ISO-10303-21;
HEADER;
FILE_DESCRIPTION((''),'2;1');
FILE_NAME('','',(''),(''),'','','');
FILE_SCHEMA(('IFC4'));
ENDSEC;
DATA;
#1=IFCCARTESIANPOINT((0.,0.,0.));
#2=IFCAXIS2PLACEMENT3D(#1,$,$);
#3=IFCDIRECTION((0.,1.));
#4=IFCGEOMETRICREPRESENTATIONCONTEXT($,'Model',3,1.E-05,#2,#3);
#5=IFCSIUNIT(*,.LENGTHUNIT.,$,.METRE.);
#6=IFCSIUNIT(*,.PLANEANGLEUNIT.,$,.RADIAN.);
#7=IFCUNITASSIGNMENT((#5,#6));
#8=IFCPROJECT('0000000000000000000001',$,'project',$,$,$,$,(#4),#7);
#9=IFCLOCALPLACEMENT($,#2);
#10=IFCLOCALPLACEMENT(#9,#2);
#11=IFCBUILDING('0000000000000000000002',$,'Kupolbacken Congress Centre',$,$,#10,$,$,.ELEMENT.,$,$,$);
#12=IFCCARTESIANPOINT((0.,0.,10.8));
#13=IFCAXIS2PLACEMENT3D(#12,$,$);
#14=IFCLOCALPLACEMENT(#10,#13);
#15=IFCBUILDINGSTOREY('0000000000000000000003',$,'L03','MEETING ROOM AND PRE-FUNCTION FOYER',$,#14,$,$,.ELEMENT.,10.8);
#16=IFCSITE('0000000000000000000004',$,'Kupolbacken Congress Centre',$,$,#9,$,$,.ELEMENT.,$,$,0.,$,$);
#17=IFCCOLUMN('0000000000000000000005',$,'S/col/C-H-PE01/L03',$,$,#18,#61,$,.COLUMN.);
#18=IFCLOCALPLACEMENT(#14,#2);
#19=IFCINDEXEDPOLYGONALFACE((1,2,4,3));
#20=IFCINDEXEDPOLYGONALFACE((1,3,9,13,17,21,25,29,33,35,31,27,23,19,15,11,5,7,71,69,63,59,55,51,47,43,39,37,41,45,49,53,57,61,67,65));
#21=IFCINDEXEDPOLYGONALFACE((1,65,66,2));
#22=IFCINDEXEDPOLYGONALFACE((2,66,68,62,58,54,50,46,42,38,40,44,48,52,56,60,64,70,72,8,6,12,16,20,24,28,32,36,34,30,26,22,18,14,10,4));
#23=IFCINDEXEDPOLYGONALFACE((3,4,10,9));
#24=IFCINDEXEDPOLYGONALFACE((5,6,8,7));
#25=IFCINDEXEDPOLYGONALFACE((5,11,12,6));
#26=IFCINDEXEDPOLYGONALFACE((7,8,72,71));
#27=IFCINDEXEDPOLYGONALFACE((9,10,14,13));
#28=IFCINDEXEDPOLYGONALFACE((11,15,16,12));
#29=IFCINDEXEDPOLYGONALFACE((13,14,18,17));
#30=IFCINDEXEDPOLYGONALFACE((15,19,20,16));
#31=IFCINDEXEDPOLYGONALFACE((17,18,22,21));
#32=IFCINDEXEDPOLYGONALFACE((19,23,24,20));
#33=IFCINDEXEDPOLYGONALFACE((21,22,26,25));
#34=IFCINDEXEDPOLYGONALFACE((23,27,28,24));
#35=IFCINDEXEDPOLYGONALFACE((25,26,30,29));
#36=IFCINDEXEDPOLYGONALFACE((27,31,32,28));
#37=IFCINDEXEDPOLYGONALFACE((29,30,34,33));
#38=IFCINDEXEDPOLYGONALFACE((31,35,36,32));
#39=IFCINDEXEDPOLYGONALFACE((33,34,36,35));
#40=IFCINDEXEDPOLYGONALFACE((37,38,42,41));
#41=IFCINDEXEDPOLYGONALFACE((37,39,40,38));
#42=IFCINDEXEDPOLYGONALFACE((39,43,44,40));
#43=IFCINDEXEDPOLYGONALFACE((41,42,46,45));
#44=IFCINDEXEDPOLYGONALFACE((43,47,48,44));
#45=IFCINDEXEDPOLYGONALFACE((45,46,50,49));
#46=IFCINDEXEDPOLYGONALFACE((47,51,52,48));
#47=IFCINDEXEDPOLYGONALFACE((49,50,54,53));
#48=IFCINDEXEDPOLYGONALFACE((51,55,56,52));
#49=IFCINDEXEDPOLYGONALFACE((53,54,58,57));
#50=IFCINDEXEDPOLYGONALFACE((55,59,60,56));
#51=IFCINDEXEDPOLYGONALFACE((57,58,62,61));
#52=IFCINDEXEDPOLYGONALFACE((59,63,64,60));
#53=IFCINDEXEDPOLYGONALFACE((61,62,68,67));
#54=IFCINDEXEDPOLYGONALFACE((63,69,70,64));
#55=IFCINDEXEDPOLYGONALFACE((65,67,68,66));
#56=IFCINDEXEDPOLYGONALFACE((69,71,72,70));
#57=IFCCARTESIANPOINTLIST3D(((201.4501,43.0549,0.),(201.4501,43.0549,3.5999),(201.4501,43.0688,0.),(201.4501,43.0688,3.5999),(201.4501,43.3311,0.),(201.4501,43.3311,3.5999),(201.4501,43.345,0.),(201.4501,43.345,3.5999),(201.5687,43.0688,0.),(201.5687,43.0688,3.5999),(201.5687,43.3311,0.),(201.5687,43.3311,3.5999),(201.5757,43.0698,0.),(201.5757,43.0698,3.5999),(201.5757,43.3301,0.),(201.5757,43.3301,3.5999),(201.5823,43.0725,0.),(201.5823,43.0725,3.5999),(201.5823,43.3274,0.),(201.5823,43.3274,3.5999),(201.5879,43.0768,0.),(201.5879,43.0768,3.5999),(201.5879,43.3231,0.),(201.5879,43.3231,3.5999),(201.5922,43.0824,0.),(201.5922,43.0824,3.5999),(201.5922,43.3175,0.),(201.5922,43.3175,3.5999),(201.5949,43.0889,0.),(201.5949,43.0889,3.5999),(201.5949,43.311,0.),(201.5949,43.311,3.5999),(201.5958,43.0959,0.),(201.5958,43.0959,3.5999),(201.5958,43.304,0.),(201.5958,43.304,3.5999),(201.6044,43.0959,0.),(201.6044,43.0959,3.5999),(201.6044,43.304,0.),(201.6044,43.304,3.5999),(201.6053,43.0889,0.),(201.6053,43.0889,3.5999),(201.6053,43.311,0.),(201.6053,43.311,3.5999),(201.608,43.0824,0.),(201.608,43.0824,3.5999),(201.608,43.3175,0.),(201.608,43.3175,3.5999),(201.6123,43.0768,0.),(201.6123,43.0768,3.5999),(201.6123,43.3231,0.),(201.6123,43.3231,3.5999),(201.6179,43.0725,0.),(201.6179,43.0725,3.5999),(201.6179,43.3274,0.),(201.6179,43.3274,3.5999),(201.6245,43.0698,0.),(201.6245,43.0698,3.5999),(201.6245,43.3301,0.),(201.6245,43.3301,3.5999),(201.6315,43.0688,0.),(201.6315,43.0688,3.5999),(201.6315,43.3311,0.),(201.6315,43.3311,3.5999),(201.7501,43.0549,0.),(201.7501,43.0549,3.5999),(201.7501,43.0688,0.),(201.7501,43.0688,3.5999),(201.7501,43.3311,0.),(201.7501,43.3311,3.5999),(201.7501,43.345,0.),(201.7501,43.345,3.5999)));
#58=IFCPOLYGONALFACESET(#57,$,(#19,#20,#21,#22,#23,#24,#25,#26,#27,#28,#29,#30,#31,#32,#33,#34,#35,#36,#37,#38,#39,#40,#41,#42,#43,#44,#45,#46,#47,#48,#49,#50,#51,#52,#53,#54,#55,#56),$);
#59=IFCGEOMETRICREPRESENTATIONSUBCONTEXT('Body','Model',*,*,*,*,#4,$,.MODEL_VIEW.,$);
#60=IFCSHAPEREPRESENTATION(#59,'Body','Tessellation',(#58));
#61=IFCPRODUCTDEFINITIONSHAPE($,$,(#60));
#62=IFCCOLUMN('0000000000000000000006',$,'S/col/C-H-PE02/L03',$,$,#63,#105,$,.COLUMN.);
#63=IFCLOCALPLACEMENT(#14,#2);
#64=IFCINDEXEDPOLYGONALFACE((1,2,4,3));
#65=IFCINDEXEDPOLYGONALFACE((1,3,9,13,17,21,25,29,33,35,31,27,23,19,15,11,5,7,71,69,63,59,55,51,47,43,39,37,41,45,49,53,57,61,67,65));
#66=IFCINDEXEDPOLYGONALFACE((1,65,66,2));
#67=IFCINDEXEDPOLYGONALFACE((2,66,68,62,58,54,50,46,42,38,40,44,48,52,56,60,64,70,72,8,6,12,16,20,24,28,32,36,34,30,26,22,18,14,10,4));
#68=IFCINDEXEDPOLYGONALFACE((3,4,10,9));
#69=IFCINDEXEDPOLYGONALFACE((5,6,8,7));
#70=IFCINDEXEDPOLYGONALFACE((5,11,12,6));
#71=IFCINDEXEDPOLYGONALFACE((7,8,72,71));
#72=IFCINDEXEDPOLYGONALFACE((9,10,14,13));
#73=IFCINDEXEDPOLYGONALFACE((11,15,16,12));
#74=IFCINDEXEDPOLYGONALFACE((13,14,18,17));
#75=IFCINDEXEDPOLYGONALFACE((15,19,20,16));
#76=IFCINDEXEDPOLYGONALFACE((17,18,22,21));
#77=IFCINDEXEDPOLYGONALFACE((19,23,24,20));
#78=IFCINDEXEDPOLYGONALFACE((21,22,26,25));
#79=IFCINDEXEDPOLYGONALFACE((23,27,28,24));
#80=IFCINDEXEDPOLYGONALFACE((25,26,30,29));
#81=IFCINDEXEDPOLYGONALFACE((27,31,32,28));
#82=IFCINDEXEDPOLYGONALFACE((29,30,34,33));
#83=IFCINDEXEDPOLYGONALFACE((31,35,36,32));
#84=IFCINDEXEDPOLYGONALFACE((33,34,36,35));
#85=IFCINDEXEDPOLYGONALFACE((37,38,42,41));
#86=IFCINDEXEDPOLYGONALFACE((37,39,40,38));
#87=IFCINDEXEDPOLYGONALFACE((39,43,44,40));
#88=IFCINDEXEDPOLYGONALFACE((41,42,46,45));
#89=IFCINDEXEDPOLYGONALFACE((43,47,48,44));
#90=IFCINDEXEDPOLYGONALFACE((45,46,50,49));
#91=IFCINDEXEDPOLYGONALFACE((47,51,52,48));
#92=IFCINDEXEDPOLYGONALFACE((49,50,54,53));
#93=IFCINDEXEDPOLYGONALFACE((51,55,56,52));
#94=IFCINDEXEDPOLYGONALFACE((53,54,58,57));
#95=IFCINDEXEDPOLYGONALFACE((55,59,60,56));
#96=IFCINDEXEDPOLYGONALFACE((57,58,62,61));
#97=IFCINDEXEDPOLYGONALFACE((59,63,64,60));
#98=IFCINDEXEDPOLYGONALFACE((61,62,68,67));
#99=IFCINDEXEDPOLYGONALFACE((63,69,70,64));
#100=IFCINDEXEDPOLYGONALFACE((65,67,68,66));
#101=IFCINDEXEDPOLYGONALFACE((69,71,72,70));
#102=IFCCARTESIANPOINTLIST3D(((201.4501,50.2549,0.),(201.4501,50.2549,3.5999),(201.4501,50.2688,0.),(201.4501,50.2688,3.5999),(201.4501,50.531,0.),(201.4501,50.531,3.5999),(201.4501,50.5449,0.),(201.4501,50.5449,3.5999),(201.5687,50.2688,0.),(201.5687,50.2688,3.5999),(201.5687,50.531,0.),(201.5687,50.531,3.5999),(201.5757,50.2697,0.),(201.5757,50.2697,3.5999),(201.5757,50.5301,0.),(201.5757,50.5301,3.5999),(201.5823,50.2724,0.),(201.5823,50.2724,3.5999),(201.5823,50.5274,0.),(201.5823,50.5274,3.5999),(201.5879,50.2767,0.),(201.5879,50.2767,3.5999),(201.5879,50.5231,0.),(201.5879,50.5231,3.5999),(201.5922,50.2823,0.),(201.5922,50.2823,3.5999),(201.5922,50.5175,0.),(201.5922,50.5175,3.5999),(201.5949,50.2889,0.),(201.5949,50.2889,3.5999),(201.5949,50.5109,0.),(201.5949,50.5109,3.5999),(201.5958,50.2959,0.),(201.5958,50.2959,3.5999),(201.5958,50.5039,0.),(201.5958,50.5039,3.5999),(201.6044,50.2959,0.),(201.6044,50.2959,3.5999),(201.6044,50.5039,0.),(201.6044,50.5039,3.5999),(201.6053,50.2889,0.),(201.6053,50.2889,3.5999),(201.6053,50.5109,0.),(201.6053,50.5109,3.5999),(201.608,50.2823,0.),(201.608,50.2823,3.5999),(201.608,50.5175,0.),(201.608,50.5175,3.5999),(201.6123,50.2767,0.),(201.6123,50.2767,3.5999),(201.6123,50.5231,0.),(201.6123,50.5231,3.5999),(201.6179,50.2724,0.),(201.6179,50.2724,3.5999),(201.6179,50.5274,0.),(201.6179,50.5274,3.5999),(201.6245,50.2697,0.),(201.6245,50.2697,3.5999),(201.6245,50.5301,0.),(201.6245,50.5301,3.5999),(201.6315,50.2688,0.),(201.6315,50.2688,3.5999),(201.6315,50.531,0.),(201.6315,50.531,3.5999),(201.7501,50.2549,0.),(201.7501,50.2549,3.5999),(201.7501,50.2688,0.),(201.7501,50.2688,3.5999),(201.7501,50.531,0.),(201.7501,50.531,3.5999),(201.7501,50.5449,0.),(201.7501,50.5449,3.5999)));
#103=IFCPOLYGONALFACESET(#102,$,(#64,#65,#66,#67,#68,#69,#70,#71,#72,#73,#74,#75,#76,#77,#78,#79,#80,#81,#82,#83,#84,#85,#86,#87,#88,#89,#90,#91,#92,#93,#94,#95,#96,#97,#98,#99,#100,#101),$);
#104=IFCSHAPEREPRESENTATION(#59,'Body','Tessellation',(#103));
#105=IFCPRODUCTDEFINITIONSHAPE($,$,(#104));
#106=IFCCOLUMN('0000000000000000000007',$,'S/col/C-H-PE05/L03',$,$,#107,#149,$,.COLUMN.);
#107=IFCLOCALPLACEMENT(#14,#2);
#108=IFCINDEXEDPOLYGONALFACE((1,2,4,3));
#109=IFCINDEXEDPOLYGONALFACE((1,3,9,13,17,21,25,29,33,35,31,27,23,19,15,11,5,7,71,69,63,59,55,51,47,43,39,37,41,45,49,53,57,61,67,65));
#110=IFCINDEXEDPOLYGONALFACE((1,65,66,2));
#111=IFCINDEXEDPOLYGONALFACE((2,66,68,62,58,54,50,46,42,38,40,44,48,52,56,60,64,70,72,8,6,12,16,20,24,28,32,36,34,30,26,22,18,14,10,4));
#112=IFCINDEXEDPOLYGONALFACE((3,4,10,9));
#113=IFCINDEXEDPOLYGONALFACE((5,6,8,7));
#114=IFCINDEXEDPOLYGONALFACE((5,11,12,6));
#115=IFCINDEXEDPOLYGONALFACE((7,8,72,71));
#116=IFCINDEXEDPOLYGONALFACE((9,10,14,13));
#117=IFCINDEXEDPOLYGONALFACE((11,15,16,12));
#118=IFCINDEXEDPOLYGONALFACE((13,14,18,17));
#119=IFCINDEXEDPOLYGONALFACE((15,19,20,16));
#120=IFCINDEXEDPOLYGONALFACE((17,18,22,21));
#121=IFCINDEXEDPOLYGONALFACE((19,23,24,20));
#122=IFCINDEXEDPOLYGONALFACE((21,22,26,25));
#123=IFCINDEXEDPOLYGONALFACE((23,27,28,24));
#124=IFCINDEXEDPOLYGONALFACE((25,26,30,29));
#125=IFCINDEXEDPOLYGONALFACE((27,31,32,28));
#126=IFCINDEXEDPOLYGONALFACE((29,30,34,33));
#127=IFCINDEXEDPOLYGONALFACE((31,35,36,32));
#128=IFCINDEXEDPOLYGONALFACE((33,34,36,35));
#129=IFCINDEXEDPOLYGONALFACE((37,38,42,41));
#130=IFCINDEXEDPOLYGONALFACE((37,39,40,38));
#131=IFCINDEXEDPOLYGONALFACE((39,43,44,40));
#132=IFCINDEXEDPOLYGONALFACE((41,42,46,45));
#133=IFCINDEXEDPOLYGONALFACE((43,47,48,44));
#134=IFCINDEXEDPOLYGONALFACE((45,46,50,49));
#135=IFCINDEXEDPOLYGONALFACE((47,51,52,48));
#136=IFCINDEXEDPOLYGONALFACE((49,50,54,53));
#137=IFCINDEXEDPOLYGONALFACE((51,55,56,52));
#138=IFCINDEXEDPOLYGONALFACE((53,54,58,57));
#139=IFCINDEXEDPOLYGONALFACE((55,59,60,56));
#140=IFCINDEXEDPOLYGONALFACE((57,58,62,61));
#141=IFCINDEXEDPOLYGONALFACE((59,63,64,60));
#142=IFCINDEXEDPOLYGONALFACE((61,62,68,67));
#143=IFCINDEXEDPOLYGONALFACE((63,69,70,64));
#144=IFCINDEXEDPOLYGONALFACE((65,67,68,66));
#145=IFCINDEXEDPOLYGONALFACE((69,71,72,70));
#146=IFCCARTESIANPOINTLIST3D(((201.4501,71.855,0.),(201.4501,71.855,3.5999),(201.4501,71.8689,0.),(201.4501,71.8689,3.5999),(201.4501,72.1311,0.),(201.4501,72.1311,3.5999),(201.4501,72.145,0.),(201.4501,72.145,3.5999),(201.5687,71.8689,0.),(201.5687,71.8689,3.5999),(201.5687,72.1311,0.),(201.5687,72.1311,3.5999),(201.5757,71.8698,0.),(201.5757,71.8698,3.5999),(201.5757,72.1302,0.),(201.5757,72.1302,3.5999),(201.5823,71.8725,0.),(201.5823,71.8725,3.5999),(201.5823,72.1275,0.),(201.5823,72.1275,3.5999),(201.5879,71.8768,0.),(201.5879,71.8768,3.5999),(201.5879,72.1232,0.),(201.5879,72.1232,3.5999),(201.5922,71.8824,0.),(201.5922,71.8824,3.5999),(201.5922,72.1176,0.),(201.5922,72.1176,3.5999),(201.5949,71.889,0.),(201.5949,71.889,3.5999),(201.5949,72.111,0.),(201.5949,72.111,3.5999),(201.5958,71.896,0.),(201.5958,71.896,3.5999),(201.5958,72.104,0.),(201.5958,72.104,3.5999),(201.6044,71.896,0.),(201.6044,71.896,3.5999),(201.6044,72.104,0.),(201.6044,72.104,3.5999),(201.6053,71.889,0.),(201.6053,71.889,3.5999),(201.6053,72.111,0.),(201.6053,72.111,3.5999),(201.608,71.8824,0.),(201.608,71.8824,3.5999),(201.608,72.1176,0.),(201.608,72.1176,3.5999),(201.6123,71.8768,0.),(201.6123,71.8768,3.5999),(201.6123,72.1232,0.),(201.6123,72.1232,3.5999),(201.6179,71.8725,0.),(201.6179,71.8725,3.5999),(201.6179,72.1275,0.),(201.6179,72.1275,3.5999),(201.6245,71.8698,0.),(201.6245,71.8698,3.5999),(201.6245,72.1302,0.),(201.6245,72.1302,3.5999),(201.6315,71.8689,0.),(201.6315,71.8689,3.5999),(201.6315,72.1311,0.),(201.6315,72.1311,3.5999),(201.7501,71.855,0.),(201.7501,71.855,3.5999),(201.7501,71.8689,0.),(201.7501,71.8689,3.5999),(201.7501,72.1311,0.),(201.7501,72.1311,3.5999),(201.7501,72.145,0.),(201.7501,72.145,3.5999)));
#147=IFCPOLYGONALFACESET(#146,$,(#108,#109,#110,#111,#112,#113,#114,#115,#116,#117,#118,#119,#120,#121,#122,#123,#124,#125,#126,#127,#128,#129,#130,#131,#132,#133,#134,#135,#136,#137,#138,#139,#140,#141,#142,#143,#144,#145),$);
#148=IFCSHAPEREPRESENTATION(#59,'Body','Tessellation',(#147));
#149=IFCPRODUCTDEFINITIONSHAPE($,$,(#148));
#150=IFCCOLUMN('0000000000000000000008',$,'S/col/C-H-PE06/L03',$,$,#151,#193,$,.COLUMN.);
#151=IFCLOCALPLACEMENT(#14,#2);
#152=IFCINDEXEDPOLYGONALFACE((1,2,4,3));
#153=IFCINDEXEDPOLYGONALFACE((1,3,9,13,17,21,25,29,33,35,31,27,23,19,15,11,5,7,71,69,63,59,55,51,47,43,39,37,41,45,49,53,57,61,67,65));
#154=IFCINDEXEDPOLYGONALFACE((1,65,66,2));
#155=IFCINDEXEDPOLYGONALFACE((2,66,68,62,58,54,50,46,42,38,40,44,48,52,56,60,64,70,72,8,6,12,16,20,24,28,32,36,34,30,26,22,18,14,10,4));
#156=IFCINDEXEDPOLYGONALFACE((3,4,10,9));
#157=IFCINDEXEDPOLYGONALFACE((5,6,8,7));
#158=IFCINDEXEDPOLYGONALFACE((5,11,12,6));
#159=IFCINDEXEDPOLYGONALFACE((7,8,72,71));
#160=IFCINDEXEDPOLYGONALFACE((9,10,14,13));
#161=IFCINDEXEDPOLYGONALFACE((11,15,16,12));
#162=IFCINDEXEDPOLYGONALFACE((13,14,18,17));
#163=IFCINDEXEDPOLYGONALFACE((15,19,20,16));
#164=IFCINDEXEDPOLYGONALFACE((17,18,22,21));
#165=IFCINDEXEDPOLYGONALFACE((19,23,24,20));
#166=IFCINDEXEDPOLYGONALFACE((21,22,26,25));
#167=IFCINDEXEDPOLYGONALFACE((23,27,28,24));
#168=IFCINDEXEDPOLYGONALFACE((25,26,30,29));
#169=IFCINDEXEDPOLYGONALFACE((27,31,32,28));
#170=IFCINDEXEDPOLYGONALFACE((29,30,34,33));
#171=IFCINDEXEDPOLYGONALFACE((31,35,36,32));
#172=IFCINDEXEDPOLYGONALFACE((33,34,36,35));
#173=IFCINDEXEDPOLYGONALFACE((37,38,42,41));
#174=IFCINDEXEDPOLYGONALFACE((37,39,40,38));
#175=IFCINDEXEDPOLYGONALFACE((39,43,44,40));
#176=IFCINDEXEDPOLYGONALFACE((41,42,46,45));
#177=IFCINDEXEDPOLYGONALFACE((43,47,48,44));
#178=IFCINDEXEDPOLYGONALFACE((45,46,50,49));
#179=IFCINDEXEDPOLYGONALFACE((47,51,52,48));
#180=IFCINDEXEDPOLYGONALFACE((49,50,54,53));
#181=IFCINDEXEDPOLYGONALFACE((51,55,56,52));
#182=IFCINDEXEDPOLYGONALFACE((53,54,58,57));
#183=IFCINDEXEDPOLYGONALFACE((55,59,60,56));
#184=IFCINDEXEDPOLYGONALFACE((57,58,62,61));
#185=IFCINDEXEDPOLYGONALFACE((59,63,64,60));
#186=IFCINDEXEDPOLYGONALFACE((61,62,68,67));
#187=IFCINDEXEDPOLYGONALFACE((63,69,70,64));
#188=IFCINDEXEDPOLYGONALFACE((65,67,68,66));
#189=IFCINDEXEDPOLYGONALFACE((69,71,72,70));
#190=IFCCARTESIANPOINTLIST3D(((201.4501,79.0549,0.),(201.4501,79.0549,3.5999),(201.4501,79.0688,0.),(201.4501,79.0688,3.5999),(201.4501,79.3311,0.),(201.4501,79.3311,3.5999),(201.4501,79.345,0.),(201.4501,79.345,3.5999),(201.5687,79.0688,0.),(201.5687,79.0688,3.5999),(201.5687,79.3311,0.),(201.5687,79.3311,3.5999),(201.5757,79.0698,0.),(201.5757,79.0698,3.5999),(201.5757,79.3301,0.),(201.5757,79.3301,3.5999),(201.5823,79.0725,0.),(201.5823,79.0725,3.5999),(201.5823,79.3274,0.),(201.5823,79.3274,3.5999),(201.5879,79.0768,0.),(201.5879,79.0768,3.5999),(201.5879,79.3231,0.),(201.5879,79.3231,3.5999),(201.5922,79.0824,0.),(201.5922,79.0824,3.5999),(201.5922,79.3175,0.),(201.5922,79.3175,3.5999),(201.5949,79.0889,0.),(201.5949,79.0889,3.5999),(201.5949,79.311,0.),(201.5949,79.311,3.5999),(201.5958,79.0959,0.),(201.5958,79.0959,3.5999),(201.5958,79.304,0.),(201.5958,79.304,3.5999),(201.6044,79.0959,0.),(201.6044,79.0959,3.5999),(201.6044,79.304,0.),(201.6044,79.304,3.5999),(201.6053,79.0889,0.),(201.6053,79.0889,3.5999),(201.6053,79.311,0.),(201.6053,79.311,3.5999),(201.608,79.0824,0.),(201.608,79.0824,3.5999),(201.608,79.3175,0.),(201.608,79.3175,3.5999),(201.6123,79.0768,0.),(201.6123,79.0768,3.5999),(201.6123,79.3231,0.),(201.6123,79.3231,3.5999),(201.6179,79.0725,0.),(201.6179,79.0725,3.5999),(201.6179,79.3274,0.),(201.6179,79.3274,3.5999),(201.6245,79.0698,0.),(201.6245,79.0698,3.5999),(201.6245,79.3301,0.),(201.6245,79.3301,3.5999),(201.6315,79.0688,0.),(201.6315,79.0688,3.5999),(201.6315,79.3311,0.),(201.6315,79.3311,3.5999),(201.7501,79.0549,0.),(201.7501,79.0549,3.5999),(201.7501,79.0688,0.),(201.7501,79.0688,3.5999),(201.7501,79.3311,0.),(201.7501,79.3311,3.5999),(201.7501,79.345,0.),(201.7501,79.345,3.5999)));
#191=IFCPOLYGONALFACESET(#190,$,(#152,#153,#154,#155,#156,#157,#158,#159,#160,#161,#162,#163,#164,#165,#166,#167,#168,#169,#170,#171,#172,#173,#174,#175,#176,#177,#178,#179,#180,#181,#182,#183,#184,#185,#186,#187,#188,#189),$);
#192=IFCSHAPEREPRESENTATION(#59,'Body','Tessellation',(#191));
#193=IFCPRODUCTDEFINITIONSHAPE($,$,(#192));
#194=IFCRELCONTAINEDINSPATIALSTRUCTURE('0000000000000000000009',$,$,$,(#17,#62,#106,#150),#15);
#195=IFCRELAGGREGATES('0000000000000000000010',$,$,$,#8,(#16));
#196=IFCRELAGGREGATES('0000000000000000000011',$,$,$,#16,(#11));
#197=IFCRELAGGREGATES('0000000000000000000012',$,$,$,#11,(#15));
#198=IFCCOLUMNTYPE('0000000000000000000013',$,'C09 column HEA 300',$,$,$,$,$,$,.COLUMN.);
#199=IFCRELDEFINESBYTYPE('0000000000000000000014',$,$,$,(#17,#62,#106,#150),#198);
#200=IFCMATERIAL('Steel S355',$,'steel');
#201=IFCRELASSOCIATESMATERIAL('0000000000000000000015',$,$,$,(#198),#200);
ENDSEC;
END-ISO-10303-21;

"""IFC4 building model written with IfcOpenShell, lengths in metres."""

from ifc_helpers import new_model, si_unit, direction, frame, origin, origin_2d, place, context, subcontext, project, spatial, i_section, extrude, material, material_profile, profile_set, type_object, element, save


model = new_model("IFC4")

# Units and contexts
model_context = context("Model", 3, precision=1e-05, world=origin(), true_north=direction((0.0, 1.0)))
body_context = subcontext(model_context, "Body", "Model", "MODEL_VIEW")
ifc_project = project(units=[si_unit("LENGTHUNIT", "METRE"), si_unit("PLANEANGLEUNIT", "RADIAN")], contexts=[model_context])

# Site, building, storey
site_placement = place(None, origin())
site = spatial("IfcSite", under=ifc_project, at=site_placement, Name="Kupolbacken Congress Centre", CompositionType="ELEMENT", RefElevation=0.0)
building_placement = place(site_placement, origin())
building = spatial("IfcBuilding", under=site, at=building_placement, Name="Kupolbacken Congress Centre", CompositionType="ELEMENT")
storey_placement = place(building_placement, frame((0.0, 0.0, 10.8)))
storey = spatial("IfcBuildingStorey", under=building, at=storey_placement, Name="L03", Description="MEETING ROOM AND PRE-FUNCTION FOYER", CompositionType="ELEMENT", Elevation=10.8)

# Columns
ifc_material_1 = material(Name="Steel S355", Category="steel")
ifc_material_profile_1 = material_profile(ifc_material_1, i_section(OverallWidth=0.3, OverallDepth=0.29, WebThickness=0.0085, FlangeThickness=0.0139, FilletRadius=0.0271, at=origin_2d()), Name="HEA 300")
ifc_profile_set_1 = profile_set([ifc_material_profile_1], Name="Steel S355")
column_type_1 = type_object("IfcColumnType", Name="C09 column HEA 300", PredefinedType="COLUMN", material=ifc_profile_set_1)
for number, where, z_axis, x_axis, name in (
    (1, (201.6001, 43.2, 0.0), (0.0, 0.0, 1.0), (1.0, 0.0, 0.0), "S/col/C-H-PE01/L03"),
    (2, (201.6001, 50.3999, 0.0), (0.0, 0.0, 1.0), (1.0, 0.0, 0.0), "S/col/C-H-PE02/L03"),
    (3, (201.6001, 72.0, 0.0), (0.0, 0.0, 1.0), (1.0, 0.0, 0.0), "S/col/C-H-PE05/L03"),
    (4, (201.6001, 79.2, 0.0), (0.0, 0.0, 1.0), (1.0, 0.0, 0.0), "S/col/C-H-PE06/L03"),
):
    element("IfcColumn", number, at=place(storey_placement, frame(where, z_axis=z_axis, x_axis=x_axis)), inside=storey, type_object=column_type_1, Name=name, PredefinedType="COLUMN", context=body_context, shape_type="SweptSolid", body=[
        extrude(i_section(OverallWidth=0.3, OverallDepth=0.29, WebThickness=0.0085, FlangeThickness=0.0139, FilletRadius=0.0271, at=origin_2d()), origin(), (0.0, 0.0, 1.0), 3.5999),
    ])

save(model, "model.ifc")
